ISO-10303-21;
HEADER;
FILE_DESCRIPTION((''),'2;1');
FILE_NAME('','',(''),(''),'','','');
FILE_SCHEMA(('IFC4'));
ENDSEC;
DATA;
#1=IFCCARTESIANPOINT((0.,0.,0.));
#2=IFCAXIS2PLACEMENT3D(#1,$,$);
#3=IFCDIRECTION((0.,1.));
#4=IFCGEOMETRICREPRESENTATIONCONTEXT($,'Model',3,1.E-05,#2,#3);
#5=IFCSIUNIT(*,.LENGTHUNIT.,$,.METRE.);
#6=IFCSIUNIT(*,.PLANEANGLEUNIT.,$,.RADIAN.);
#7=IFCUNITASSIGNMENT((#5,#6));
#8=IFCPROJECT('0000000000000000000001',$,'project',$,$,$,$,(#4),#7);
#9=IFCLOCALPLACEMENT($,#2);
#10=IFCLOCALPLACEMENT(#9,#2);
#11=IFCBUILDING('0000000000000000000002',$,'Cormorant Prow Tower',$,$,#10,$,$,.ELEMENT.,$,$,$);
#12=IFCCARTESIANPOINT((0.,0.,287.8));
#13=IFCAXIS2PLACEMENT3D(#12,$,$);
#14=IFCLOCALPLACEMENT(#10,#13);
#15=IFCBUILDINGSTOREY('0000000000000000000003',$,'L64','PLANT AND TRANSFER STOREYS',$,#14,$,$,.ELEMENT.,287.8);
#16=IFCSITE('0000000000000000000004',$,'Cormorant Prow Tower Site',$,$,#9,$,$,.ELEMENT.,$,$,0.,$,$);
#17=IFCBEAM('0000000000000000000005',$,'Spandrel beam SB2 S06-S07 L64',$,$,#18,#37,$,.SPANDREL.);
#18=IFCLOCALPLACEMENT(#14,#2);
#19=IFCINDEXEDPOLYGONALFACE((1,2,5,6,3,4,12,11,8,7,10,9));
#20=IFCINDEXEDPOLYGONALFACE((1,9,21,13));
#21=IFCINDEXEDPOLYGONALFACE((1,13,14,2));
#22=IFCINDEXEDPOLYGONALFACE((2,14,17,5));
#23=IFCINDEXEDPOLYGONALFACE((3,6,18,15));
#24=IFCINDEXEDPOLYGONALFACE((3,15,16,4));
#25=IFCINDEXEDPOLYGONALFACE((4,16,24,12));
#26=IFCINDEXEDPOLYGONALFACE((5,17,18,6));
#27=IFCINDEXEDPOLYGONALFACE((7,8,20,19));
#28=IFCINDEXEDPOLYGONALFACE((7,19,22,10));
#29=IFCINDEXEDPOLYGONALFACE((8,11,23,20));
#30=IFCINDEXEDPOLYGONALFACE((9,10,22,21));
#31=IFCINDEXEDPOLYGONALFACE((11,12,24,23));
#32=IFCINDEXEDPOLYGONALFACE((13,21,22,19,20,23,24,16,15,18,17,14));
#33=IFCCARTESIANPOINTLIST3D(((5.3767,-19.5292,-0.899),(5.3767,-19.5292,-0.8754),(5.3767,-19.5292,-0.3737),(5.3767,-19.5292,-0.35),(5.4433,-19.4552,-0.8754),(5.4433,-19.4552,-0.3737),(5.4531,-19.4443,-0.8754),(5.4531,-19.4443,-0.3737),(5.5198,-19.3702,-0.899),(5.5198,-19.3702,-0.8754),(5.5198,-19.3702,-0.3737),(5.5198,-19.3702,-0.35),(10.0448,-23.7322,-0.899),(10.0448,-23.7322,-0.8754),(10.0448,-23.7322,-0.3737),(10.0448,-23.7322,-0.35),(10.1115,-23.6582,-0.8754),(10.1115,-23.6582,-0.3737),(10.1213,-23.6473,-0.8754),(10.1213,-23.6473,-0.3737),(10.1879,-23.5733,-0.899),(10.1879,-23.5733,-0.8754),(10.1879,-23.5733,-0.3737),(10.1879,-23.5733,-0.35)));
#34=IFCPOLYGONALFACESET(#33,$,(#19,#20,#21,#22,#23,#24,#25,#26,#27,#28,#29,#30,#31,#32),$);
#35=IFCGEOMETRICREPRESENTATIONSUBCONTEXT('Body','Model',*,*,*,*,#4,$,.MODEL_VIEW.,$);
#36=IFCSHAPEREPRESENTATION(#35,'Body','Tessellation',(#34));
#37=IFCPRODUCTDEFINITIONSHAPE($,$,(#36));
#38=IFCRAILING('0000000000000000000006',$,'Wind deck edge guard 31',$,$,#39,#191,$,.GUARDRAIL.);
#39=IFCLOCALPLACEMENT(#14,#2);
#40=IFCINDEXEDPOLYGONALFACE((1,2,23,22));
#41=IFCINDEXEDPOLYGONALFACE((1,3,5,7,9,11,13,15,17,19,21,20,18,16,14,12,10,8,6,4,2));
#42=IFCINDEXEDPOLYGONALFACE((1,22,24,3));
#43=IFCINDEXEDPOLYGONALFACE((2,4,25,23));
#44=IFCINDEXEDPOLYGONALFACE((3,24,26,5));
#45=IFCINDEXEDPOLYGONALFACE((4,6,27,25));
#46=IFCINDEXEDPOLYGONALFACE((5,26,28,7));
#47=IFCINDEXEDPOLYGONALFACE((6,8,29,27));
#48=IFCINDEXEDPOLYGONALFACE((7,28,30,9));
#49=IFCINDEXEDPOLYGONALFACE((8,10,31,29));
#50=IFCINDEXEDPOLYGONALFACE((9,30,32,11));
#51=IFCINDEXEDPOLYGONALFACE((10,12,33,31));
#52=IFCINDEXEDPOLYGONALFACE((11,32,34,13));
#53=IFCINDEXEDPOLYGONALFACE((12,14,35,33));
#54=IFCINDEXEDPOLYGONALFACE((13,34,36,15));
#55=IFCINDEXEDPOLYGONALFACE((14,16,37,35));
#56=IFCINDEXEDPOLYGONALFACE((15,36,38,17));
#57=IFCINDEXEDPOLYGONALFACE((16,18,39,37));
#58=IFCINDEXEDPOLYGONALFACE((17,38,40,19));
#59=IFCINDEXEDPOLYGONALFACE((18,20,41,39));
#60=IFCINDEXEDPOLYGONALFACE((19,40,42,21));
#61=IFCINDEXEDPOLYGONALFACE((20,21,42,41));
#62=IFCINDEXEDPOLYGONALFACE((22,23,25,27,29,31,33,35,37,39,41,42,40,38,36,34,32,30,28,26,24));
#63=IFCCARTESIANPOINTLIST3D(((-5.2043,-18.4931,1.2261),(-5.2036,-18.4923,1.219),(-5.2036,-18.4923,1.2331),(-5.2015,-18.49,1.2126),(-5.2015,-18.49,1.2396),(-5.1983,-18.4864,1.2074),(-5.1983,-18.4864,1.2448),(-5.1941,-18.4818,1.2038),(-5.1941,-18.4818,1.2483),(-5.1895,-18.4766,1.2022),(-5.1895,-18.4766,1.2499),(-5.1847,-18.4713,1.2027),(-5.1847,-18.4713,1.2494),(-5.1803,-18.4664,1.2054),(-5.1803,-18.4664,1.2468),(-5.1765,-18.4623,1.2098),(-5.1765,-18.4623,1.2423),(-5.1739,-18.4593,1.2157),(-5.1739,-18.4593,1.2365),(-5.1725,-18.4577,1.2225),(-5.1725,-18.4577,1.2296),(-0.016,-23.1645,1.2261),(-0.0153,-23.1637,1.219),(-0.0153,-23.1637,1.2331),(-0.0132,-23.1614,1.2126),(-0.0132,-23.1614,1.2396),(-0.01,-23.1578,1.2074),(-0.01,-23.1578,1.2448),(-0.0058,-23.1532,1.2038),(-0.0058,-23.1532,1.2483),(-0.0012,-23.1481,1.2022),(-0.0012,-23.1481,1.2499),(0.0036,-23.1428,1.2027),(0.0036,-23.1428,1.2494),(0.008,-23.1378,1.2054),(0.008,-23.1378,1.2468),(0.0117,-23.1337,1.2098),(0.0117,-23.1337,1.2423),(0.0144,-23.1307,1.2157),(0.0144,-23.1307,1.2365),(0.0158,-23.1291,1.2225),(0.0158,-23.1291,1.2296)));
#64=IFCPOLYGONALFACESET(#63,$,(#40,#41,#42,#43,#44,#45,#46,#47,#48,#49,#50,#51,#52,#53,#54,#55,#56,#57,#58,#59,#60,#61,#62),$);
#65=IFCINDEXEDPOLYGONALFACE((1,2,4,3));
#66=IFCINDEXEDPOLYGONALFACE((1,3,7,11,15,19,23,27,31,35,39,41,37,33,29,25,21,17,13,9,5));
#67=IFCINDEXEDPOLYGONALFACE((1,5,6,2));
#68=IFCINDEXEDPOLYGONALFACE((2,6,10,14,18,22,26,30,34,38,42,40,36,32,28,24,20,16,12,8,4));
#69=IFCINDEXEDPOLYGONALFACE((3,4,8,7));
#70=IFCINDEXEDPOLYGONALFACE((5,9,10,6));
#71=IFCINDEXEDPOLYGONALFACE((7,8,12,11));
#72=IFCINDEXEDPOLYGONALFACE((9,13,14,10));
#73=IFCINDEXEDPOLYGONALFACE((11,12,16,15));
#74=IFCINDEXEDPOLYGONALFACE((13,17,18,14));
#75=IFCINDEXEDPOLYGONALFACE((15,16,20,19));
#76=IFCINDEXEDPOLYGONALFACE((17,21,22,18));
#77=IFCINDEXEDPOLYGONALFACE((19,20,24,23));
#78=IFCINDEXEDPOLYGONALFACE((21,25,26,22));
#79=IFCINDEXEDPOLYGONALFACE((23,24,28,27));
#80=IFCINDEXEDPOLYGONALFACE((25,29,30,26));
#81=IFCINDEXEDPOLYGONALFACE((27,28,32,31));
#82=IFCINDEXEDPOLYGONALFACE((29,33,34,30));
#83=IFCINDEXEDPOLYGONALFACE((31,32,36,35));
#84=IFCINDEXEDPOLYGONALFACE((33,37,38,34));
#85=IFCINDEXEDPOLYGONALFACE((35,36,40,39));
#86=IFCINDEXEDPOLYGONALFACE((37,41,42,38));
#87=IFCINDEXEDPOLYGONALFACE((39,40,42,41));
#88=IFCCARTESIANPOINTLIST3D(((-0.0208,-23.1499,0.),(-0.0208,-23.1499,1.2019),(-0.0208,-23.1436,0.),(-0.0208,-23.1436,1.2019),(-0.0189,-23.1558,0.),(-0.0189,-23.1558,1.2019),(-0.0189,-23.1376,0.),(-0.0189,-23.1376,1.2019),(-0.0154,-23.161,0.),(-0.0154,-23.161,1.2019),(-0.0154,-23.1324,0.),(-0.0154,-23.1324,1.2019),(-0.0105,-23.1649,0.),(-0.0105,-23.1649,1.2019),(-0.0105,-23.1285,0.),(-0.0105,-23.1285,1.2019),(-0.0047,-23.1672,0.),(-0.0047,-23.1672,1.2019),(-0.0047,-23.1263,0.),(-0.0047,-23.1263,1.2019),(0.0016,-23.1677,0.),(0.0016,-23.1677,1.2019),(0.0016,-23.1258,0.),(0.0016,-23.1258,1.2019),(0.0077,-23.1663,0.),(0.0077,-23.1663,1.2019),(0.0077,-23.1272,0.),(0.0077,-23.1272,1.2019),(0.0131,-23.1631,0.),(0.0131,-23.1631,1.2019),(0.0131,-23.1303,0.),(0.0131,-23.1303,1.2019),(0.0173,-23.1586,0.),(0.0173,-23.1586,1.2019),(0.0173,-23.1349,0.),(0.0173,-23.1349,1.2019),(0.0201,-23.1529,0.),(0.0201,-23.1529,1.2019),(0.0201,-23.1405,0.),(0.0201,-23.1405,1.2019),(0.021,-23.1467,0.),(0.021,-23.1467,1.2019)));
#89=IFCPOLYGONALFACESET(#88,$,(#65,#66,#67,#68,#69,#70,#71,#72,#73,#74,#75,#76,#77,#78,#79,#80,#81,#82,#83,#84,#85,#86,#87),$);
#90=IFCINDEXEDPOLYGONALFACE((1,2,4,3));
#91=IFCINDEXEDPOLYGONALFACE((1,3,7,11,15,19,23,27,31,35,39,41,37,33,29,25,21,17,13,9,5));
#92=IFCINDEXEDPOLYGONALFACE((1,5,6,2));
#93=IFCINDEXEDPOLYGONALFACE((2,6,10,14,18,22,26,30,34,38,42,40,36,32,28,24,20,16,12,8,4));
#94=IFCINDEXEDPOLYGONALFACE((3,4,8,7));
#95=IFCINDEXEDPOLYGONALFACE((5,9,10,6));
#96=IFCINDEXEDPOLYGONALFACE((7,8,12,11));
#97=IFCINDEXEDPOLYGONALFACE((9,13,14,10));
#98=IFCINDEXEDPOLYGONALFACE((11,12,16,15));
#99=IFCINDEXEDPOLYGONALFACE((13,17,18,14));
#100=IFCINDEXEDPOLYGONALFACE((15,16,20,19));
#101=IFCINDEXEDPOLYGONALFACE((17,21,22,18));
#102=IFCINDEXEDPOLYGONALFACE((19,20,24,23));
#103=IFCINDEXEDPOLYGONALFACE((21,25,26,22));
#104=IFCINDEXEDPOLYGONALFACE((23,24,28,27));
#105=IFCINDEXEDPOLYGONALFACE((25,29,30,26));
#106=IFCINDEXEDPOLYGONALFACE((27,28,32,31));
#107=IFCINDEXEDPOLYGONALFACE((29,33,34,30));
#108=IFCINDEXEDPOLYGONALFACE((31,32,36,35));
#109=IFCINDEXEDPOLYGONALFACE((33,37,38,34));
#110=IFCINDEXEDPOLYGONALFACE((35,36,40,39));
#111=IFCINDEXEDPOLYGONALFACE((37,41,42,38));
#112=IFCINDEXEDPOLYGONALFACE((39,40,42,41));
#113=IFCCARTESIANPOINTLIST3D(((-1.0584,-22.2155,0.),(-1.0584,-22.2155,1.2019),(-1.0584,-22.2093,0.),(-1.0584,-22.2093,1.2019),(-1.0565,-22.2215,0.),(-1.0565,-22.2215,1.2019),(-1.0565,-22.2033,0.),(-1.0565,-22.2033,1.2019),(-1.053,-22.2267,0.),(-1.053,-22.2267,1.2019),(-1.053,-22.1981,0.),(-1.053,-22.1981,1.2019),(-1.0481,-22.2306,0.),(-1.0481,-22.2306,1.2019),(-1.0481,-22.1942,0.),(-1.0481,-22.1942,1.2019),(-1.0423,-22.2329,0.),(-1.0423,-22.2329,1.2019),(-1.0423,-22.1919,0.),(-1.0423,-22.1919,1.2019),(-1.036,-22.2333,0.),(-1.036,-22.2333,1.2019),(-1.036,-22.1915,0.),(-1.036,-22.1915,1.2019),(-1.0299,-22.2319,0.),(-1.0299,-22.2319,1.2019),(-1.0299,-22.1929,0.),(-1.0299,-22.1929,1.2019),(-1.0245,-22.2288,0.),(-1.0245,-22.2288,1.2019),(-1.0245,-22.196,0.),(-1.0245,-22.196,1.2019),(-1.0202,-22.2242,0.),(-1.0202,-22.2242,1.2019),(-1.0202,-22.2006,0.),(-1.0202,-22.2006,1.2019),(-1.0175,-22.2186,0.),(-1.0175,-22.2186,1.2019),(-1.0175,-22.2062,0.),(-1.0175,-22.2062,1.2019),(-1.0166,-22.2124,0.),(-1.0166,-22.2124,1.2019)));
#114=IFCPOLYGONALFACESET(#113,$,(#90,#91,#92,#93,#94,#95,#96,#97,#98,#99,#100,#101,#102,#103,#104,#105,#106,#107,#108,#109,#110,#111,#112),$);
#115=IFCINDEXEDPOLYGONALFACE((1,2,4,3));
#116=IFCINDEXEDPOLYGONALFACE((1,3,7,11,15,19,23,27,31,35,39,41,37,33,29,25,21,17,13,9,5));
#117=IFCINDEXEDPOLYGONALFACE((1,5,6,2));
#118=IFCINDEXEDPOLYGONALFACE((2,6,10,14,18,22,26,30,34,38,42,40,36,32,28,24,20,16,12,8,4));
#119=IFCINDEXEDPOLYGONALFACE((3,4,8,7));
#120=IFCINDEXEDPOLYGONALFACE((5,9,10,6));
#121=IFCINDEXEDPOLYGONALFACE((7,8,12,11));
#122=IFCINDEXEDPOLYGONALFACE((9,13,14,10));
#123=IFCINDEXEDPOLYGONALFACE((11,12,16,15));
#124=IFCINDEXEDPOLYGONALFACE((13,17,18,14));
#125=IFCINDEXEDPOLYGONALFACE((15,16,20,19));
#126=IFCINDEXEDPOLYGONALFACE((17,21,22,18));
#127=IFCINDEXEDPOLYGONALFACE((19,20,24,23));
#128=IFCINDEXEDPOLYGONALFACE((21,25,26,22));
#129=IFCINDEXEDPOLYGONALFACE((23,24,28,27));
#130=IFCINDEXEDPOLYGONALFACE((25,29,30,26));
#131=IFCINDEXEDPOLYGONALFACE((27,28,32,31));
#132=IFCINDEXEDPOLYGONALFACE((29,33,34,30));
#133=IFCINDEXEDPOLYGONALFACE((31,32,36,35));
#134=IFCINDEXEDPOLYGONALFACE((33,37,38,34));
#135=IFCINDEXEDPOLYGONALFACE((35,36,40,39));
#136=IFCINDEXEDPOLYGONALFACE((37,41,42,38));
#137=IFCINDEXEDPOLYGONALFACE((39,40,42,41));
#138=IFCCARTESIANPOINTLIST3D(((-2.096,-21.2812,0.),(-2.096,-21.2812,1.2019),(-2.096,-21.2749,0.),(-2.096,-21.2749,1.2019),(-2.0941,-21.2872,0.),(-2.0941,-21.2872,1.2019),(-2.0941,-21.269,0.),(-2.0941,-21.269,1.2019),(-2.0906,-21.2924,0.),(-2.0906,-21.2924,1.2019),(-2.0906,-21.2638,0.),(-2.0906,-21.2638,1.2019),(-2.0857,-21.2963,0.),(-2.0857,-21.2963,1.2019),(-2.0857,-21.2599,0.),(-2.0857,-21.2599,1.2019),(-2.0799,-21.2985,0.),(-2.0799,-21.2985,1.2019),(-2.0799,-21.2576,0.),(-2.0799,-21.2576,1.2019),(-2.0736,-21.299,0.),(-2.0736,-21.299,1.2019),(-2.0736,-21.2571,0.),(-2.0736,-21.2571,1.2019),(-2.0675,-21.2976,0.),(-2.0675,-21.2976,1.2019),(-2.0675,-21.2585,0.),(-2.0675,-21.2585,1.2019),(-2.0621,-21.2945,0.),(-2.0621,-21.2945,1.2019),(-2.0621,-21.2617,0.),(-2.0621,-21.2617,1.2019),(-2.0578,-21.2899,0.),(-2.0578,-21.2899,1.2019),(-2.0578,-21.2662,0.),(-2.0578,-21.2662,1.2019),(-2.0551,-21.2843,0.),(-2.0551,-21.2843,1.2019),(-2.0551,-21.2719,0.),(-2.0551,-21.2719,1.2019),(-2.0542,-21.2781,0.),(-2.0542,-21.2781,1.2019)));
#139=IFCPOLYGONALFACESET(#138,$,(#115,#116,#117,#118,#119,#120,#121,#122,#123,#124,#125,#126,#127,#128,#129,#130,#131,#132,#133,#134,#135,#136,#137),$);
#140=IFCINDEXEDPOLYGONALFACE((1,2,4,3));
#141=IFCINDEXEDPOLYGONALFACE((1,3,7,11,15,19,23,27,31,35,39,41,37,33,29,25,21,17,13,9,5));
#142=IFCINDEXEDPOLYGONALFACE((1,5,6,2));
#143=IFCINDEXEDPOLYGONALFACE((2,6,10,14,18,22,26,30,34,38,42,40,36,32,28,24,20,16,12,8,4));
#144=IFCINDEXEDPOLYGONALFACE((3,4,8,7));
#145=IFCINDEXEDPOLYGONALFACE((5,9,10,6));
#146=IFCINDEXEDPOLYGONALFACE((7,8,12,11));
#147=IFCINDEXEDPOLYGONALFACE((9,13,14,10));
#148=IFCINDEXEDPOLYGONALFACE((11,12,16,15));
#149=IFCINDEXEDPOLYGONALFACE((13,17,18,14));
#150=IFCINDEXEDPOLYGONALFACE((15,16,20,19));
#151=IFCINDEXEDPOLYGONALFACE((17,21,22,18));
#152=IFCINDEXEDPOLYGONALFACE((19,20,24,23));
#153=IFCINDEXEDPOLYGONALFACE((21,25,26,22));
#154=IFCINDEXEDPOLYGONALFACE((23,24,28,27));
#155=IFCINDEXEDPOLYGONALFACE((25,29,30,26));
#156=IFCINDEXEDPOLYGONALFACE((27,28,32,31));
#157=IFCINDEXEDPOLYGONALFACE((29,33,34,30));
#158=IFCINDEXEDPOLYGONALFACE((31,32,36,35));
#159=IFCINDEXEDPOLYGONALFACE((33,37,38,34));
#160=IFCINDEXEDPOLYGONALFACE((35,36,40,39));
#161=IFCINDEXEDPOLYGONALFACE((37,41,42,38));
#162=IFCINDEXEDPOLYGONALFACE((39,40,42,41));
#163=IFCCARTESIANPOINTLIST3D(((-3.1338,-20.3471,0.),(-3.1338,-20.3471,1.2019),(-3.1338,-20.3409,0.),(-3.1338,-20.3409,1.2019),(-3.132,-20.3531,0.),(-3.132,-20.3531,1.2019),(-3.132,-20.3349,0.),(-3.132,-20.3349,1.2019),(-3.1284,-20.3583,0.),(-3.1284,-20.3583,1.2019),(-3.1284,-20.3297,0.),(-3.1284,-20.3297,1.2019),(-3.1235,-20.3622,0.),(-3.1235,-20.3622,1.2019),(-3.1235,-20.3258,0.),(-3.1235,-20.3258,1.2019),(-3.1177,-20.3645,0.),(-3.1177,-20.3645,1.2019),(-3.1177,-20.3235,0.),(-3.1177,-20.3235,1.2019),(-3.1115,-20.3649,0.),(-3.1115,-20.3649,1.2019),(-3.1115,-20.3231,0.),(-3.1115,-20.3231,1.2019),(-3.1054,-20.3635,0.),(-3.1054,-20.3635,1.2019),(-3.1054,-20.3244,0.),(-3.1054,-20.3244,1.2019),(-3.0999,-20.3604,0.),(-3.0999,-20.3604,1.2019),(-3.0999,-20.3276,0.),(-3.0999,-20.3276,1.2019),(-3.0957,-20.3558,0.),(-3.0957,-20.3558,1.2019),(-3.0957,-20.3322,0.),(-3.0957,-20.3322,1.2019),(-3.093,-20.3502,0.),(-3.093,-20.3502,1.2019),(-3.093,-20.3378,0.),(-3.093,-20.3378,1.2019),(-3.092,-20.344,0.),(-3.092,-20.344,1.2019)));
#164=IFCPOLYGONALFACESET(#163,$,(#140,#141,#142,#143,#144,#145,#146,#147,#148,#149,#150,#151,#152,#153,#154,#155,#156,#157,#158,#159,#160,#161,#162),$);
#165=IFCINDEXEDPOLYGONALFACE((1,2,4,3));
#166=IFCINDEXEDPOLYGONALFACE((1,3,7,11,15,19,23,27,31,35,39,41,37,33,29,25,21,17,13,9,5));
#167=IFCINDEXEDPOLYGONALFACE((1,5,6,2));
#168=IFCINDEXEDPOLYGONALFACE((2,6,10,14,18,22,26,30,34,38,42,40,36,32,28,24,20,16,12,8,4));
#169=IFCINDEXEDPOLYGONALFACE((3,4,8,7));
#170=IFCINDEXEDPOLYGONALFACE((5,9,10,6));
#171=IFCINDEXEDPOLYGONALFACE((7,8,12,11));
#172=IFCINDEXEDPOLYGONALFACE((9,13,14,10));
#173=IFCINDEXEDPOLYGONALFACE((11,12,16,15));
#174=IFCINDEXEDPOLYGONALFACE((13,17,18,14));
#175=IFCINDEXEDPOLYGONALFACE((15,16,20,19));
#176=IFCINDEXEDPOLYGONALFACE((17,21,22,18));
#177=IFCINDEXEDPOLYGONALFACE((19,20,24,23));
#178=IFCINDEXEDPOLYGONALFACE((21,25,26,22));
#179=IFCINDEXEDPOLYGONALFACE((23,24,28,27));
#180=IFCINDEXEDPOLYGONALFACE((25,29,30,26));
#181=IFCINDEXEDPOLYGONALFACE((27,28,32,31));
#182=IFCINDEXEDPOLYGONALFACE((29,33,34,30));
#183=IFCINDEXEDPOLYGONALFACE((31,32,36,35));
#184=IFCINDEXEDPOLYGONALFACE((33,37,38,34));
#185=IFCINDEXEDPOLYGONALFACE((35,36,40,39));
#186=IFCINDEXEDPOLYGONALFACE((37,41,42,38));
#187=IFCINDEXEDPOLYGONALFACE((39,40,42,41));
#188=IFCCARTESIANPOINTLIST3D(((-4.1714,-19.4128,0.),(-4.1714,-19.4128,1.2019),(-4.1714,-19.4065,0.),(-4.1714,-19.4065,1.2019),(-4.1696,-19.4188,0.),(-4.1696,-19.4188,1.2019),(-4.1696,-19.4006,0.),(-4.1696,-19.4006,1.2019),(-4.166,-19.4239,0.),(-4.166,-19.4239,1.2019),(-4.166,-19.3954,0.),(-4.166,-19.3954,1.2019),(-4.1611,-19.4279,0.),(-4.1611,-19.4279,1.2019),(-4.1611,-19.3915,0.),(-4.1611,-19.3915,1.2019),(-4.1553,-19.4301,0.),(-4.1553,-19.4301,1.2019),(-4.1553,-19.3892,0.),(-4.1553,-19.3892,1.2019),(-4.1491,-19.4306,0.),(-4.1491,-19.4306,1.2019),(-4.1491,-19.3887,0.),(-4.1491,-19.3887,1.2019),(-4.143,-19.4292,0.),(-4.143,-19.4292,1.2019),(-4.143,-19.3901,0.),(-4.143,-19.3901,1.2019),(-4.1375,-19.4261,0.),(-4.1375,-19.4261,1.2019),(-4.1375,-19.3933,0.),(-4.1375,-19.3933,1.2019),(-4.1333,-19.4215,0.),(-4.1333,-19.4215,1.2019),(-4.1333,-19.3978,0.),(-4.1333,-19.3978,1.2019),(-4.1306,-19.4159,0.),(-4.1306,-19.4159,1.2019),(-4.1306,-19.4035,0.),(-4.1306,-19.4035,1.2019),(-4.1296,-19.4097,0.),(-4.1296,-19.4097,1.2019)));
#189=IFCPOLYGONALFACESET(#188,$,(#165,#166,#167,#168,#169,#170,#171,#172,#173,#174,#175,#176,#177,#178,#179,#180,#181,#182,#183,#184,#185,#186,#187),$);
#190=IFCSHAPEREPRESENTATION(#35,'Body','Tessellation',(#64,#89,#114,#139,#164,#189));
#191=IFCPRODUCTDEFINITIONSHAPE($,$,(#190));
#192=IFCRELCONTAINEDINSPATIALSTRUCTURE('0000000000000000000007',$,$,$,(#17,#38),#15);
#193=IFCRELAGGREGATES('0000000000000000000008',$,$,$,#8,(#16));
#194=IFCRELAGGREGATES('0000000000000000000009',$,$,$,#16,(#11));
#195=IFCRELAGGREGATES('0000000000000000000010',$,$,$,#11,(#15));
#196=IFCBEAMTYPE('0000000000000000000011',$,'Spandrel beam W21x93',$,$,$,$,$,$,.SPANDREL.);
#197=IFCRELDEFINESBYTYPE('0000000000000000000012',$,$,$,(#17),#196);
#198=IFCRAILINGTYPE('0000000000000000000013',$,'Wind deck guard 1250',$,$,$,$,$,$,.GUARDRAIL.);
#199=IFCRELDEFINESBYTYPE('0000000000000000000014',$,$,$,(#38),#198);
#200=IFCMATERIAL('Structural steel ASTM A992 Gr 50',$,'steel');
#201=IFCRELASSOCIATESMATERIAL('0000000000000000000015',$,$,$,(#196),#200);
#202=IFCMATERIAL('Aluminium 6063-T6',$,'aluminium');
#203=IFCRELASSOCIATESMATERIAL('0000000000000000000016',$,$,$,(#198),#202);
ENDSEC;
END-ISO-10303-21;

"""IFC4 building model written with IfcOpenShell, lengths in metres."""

from ifc_helpers import new_model, si_unit, direction, frame, origin, origin_2d, place, context, subcontext, project, spatial, circle, i_section, extrude, material, material_profile, profile_set, type_object, element, save


model = new_model("IFC4")

# Units and contexts
model_context = context("Model", 3, precision=1e-05, world=origin(), true_north=direction((0.0, 1.0)))
body_context = subcontext(model_context, "Body", "Model", "MODEL_VIEW")
ifc_project = project(units=[si_unit("LENGTHUNIT", "METRE"), si_unit("PLANEANGLEUNIT", "RADIAN")], contexts=[model_context])

# Site, building, storey
site_placement = place(None, origin())
site = spatial("IfcSite", under=ifc_project, at=site_placement, Name="Cormorant Prow Tower Site", CompositionType="ELEMENT", RefElevation=0.0)
building_placement = place(site_placement, origin())
building = spatial("IfcBuilding", under=site, at=building_placement, Name="Cormorant Prow Tower", CompositionType="ELEMENT")
storey_placement = place(building_placement, frame((0.0, 0.0, 287.8)))
storey = spatial("IfcBuildingStorey", under=building, at=storey_placement, Name="L64", Description="PLANT AND TRANSFER STOREYS", CompositionType="ELEMENT", Elevation=287.8)

# Beam
ifc_material_1 = material(Name="Structural steel ASTM A992 Gr 50", Category="steel")
ifc_material_profile_1 = material_profile(ifc_material_1, i_section(OverallWidth=0.2139, OverallDepth=0.5491, WebThickness=0.0146, FlangeThickness=0.0237, at=origin_2d()), Name="W21x93")
ifc_profile_set_1 = profile_set([ifc_material_profile_1], Name="Structural steel ASTM A992 Gr 50")
beam_type = type_object("IfcBeamType", Name="Spandrel beam W21x93", PredefinedType="SPANDREL", material=ifc_profile_set_1)
for number, where, z_axis, x_axis, name in (
    (1, (5.4482, -19.4497, -0.6245), (0.743157, -0.669117, 0.0), (0.669117, 0.743157, 0.0), "Spandrel beam SB2 S06-S07 L64"),
):
    element("IfcBeam", number, at=place(storey_placement, frame(where, z_axis=z_axis, x_axis=x_axis)), inside=storey, type_object=beam_type, Name=name, PredefinedType="SPANDREL", context=body_context, shape_type="SweptSolid", body=[
        extrude(i_section(OverallWidth=0.2139, OverallDepth=0.5491, WebThickness=0.0146, FlangeThickness=0.0237, at=origin_2d()), origin(), (0.0, 0.0, 1.0), 6.2815),
    ])

# Railing
ifc_material_2 = material(Name="Aluminium 6063-T6", Category="aluminium")
railing_type = type_object("IfcRailingType", Name="Wind deck guard 1250", PredefinedType="GUARDRAIL", material=ifc_material_2)
railing_placement = place(storey_placement, frame((0.0, -23.1467, 0.0)))
element("IfcRailing", 2, at=railing_placement, inside=storey, type_object=railing_type, Name="Wind deck edge guard 31", PredefinedType="GUARDRAIL", context=body_context, shape_type="SweptSolid", body=[
    extrude(circle(Radius=0.0239, at=origin_2d()), frame((0.0, 0.0, 1.2261), z_axis=(-0.743153, 0.669121, 0.0), x_axis=(-0.669121, -0.743153, 0.0)), (0.0, 0.0, 1.0), 6.9814),
    extrude(circle(Radius=0.021, at=origin_2d()), origin(), (0.0, 0.0, 1.0), 1.2019),
    extrude(circle(Radius=0.021, at=origin_2d()), frame((-1.0376, 0.9343, 0.0)), (0.0, 0.0, 1.0), 1.2019),
    extrude(circle(Radius=0.021, at=origin_2d()), frame((-2.0752, 1.8687, 0.0)), (0.0, 0.0, 1.0), 1.2019),
    extrude(circle(Radius=0.021, at=origin_2d()), frame((-3.113, 2.8027, 0.0)), (0.0, 0.0, 1.0), 1.2019),
    extrude(circle(Radius=0.021, at=origin_2d()), frame((-4.1506, 3.7371, 0.0)), (0.0, 0.0, 1.0), 1.2019),
])

save(model, "model.ifc")
